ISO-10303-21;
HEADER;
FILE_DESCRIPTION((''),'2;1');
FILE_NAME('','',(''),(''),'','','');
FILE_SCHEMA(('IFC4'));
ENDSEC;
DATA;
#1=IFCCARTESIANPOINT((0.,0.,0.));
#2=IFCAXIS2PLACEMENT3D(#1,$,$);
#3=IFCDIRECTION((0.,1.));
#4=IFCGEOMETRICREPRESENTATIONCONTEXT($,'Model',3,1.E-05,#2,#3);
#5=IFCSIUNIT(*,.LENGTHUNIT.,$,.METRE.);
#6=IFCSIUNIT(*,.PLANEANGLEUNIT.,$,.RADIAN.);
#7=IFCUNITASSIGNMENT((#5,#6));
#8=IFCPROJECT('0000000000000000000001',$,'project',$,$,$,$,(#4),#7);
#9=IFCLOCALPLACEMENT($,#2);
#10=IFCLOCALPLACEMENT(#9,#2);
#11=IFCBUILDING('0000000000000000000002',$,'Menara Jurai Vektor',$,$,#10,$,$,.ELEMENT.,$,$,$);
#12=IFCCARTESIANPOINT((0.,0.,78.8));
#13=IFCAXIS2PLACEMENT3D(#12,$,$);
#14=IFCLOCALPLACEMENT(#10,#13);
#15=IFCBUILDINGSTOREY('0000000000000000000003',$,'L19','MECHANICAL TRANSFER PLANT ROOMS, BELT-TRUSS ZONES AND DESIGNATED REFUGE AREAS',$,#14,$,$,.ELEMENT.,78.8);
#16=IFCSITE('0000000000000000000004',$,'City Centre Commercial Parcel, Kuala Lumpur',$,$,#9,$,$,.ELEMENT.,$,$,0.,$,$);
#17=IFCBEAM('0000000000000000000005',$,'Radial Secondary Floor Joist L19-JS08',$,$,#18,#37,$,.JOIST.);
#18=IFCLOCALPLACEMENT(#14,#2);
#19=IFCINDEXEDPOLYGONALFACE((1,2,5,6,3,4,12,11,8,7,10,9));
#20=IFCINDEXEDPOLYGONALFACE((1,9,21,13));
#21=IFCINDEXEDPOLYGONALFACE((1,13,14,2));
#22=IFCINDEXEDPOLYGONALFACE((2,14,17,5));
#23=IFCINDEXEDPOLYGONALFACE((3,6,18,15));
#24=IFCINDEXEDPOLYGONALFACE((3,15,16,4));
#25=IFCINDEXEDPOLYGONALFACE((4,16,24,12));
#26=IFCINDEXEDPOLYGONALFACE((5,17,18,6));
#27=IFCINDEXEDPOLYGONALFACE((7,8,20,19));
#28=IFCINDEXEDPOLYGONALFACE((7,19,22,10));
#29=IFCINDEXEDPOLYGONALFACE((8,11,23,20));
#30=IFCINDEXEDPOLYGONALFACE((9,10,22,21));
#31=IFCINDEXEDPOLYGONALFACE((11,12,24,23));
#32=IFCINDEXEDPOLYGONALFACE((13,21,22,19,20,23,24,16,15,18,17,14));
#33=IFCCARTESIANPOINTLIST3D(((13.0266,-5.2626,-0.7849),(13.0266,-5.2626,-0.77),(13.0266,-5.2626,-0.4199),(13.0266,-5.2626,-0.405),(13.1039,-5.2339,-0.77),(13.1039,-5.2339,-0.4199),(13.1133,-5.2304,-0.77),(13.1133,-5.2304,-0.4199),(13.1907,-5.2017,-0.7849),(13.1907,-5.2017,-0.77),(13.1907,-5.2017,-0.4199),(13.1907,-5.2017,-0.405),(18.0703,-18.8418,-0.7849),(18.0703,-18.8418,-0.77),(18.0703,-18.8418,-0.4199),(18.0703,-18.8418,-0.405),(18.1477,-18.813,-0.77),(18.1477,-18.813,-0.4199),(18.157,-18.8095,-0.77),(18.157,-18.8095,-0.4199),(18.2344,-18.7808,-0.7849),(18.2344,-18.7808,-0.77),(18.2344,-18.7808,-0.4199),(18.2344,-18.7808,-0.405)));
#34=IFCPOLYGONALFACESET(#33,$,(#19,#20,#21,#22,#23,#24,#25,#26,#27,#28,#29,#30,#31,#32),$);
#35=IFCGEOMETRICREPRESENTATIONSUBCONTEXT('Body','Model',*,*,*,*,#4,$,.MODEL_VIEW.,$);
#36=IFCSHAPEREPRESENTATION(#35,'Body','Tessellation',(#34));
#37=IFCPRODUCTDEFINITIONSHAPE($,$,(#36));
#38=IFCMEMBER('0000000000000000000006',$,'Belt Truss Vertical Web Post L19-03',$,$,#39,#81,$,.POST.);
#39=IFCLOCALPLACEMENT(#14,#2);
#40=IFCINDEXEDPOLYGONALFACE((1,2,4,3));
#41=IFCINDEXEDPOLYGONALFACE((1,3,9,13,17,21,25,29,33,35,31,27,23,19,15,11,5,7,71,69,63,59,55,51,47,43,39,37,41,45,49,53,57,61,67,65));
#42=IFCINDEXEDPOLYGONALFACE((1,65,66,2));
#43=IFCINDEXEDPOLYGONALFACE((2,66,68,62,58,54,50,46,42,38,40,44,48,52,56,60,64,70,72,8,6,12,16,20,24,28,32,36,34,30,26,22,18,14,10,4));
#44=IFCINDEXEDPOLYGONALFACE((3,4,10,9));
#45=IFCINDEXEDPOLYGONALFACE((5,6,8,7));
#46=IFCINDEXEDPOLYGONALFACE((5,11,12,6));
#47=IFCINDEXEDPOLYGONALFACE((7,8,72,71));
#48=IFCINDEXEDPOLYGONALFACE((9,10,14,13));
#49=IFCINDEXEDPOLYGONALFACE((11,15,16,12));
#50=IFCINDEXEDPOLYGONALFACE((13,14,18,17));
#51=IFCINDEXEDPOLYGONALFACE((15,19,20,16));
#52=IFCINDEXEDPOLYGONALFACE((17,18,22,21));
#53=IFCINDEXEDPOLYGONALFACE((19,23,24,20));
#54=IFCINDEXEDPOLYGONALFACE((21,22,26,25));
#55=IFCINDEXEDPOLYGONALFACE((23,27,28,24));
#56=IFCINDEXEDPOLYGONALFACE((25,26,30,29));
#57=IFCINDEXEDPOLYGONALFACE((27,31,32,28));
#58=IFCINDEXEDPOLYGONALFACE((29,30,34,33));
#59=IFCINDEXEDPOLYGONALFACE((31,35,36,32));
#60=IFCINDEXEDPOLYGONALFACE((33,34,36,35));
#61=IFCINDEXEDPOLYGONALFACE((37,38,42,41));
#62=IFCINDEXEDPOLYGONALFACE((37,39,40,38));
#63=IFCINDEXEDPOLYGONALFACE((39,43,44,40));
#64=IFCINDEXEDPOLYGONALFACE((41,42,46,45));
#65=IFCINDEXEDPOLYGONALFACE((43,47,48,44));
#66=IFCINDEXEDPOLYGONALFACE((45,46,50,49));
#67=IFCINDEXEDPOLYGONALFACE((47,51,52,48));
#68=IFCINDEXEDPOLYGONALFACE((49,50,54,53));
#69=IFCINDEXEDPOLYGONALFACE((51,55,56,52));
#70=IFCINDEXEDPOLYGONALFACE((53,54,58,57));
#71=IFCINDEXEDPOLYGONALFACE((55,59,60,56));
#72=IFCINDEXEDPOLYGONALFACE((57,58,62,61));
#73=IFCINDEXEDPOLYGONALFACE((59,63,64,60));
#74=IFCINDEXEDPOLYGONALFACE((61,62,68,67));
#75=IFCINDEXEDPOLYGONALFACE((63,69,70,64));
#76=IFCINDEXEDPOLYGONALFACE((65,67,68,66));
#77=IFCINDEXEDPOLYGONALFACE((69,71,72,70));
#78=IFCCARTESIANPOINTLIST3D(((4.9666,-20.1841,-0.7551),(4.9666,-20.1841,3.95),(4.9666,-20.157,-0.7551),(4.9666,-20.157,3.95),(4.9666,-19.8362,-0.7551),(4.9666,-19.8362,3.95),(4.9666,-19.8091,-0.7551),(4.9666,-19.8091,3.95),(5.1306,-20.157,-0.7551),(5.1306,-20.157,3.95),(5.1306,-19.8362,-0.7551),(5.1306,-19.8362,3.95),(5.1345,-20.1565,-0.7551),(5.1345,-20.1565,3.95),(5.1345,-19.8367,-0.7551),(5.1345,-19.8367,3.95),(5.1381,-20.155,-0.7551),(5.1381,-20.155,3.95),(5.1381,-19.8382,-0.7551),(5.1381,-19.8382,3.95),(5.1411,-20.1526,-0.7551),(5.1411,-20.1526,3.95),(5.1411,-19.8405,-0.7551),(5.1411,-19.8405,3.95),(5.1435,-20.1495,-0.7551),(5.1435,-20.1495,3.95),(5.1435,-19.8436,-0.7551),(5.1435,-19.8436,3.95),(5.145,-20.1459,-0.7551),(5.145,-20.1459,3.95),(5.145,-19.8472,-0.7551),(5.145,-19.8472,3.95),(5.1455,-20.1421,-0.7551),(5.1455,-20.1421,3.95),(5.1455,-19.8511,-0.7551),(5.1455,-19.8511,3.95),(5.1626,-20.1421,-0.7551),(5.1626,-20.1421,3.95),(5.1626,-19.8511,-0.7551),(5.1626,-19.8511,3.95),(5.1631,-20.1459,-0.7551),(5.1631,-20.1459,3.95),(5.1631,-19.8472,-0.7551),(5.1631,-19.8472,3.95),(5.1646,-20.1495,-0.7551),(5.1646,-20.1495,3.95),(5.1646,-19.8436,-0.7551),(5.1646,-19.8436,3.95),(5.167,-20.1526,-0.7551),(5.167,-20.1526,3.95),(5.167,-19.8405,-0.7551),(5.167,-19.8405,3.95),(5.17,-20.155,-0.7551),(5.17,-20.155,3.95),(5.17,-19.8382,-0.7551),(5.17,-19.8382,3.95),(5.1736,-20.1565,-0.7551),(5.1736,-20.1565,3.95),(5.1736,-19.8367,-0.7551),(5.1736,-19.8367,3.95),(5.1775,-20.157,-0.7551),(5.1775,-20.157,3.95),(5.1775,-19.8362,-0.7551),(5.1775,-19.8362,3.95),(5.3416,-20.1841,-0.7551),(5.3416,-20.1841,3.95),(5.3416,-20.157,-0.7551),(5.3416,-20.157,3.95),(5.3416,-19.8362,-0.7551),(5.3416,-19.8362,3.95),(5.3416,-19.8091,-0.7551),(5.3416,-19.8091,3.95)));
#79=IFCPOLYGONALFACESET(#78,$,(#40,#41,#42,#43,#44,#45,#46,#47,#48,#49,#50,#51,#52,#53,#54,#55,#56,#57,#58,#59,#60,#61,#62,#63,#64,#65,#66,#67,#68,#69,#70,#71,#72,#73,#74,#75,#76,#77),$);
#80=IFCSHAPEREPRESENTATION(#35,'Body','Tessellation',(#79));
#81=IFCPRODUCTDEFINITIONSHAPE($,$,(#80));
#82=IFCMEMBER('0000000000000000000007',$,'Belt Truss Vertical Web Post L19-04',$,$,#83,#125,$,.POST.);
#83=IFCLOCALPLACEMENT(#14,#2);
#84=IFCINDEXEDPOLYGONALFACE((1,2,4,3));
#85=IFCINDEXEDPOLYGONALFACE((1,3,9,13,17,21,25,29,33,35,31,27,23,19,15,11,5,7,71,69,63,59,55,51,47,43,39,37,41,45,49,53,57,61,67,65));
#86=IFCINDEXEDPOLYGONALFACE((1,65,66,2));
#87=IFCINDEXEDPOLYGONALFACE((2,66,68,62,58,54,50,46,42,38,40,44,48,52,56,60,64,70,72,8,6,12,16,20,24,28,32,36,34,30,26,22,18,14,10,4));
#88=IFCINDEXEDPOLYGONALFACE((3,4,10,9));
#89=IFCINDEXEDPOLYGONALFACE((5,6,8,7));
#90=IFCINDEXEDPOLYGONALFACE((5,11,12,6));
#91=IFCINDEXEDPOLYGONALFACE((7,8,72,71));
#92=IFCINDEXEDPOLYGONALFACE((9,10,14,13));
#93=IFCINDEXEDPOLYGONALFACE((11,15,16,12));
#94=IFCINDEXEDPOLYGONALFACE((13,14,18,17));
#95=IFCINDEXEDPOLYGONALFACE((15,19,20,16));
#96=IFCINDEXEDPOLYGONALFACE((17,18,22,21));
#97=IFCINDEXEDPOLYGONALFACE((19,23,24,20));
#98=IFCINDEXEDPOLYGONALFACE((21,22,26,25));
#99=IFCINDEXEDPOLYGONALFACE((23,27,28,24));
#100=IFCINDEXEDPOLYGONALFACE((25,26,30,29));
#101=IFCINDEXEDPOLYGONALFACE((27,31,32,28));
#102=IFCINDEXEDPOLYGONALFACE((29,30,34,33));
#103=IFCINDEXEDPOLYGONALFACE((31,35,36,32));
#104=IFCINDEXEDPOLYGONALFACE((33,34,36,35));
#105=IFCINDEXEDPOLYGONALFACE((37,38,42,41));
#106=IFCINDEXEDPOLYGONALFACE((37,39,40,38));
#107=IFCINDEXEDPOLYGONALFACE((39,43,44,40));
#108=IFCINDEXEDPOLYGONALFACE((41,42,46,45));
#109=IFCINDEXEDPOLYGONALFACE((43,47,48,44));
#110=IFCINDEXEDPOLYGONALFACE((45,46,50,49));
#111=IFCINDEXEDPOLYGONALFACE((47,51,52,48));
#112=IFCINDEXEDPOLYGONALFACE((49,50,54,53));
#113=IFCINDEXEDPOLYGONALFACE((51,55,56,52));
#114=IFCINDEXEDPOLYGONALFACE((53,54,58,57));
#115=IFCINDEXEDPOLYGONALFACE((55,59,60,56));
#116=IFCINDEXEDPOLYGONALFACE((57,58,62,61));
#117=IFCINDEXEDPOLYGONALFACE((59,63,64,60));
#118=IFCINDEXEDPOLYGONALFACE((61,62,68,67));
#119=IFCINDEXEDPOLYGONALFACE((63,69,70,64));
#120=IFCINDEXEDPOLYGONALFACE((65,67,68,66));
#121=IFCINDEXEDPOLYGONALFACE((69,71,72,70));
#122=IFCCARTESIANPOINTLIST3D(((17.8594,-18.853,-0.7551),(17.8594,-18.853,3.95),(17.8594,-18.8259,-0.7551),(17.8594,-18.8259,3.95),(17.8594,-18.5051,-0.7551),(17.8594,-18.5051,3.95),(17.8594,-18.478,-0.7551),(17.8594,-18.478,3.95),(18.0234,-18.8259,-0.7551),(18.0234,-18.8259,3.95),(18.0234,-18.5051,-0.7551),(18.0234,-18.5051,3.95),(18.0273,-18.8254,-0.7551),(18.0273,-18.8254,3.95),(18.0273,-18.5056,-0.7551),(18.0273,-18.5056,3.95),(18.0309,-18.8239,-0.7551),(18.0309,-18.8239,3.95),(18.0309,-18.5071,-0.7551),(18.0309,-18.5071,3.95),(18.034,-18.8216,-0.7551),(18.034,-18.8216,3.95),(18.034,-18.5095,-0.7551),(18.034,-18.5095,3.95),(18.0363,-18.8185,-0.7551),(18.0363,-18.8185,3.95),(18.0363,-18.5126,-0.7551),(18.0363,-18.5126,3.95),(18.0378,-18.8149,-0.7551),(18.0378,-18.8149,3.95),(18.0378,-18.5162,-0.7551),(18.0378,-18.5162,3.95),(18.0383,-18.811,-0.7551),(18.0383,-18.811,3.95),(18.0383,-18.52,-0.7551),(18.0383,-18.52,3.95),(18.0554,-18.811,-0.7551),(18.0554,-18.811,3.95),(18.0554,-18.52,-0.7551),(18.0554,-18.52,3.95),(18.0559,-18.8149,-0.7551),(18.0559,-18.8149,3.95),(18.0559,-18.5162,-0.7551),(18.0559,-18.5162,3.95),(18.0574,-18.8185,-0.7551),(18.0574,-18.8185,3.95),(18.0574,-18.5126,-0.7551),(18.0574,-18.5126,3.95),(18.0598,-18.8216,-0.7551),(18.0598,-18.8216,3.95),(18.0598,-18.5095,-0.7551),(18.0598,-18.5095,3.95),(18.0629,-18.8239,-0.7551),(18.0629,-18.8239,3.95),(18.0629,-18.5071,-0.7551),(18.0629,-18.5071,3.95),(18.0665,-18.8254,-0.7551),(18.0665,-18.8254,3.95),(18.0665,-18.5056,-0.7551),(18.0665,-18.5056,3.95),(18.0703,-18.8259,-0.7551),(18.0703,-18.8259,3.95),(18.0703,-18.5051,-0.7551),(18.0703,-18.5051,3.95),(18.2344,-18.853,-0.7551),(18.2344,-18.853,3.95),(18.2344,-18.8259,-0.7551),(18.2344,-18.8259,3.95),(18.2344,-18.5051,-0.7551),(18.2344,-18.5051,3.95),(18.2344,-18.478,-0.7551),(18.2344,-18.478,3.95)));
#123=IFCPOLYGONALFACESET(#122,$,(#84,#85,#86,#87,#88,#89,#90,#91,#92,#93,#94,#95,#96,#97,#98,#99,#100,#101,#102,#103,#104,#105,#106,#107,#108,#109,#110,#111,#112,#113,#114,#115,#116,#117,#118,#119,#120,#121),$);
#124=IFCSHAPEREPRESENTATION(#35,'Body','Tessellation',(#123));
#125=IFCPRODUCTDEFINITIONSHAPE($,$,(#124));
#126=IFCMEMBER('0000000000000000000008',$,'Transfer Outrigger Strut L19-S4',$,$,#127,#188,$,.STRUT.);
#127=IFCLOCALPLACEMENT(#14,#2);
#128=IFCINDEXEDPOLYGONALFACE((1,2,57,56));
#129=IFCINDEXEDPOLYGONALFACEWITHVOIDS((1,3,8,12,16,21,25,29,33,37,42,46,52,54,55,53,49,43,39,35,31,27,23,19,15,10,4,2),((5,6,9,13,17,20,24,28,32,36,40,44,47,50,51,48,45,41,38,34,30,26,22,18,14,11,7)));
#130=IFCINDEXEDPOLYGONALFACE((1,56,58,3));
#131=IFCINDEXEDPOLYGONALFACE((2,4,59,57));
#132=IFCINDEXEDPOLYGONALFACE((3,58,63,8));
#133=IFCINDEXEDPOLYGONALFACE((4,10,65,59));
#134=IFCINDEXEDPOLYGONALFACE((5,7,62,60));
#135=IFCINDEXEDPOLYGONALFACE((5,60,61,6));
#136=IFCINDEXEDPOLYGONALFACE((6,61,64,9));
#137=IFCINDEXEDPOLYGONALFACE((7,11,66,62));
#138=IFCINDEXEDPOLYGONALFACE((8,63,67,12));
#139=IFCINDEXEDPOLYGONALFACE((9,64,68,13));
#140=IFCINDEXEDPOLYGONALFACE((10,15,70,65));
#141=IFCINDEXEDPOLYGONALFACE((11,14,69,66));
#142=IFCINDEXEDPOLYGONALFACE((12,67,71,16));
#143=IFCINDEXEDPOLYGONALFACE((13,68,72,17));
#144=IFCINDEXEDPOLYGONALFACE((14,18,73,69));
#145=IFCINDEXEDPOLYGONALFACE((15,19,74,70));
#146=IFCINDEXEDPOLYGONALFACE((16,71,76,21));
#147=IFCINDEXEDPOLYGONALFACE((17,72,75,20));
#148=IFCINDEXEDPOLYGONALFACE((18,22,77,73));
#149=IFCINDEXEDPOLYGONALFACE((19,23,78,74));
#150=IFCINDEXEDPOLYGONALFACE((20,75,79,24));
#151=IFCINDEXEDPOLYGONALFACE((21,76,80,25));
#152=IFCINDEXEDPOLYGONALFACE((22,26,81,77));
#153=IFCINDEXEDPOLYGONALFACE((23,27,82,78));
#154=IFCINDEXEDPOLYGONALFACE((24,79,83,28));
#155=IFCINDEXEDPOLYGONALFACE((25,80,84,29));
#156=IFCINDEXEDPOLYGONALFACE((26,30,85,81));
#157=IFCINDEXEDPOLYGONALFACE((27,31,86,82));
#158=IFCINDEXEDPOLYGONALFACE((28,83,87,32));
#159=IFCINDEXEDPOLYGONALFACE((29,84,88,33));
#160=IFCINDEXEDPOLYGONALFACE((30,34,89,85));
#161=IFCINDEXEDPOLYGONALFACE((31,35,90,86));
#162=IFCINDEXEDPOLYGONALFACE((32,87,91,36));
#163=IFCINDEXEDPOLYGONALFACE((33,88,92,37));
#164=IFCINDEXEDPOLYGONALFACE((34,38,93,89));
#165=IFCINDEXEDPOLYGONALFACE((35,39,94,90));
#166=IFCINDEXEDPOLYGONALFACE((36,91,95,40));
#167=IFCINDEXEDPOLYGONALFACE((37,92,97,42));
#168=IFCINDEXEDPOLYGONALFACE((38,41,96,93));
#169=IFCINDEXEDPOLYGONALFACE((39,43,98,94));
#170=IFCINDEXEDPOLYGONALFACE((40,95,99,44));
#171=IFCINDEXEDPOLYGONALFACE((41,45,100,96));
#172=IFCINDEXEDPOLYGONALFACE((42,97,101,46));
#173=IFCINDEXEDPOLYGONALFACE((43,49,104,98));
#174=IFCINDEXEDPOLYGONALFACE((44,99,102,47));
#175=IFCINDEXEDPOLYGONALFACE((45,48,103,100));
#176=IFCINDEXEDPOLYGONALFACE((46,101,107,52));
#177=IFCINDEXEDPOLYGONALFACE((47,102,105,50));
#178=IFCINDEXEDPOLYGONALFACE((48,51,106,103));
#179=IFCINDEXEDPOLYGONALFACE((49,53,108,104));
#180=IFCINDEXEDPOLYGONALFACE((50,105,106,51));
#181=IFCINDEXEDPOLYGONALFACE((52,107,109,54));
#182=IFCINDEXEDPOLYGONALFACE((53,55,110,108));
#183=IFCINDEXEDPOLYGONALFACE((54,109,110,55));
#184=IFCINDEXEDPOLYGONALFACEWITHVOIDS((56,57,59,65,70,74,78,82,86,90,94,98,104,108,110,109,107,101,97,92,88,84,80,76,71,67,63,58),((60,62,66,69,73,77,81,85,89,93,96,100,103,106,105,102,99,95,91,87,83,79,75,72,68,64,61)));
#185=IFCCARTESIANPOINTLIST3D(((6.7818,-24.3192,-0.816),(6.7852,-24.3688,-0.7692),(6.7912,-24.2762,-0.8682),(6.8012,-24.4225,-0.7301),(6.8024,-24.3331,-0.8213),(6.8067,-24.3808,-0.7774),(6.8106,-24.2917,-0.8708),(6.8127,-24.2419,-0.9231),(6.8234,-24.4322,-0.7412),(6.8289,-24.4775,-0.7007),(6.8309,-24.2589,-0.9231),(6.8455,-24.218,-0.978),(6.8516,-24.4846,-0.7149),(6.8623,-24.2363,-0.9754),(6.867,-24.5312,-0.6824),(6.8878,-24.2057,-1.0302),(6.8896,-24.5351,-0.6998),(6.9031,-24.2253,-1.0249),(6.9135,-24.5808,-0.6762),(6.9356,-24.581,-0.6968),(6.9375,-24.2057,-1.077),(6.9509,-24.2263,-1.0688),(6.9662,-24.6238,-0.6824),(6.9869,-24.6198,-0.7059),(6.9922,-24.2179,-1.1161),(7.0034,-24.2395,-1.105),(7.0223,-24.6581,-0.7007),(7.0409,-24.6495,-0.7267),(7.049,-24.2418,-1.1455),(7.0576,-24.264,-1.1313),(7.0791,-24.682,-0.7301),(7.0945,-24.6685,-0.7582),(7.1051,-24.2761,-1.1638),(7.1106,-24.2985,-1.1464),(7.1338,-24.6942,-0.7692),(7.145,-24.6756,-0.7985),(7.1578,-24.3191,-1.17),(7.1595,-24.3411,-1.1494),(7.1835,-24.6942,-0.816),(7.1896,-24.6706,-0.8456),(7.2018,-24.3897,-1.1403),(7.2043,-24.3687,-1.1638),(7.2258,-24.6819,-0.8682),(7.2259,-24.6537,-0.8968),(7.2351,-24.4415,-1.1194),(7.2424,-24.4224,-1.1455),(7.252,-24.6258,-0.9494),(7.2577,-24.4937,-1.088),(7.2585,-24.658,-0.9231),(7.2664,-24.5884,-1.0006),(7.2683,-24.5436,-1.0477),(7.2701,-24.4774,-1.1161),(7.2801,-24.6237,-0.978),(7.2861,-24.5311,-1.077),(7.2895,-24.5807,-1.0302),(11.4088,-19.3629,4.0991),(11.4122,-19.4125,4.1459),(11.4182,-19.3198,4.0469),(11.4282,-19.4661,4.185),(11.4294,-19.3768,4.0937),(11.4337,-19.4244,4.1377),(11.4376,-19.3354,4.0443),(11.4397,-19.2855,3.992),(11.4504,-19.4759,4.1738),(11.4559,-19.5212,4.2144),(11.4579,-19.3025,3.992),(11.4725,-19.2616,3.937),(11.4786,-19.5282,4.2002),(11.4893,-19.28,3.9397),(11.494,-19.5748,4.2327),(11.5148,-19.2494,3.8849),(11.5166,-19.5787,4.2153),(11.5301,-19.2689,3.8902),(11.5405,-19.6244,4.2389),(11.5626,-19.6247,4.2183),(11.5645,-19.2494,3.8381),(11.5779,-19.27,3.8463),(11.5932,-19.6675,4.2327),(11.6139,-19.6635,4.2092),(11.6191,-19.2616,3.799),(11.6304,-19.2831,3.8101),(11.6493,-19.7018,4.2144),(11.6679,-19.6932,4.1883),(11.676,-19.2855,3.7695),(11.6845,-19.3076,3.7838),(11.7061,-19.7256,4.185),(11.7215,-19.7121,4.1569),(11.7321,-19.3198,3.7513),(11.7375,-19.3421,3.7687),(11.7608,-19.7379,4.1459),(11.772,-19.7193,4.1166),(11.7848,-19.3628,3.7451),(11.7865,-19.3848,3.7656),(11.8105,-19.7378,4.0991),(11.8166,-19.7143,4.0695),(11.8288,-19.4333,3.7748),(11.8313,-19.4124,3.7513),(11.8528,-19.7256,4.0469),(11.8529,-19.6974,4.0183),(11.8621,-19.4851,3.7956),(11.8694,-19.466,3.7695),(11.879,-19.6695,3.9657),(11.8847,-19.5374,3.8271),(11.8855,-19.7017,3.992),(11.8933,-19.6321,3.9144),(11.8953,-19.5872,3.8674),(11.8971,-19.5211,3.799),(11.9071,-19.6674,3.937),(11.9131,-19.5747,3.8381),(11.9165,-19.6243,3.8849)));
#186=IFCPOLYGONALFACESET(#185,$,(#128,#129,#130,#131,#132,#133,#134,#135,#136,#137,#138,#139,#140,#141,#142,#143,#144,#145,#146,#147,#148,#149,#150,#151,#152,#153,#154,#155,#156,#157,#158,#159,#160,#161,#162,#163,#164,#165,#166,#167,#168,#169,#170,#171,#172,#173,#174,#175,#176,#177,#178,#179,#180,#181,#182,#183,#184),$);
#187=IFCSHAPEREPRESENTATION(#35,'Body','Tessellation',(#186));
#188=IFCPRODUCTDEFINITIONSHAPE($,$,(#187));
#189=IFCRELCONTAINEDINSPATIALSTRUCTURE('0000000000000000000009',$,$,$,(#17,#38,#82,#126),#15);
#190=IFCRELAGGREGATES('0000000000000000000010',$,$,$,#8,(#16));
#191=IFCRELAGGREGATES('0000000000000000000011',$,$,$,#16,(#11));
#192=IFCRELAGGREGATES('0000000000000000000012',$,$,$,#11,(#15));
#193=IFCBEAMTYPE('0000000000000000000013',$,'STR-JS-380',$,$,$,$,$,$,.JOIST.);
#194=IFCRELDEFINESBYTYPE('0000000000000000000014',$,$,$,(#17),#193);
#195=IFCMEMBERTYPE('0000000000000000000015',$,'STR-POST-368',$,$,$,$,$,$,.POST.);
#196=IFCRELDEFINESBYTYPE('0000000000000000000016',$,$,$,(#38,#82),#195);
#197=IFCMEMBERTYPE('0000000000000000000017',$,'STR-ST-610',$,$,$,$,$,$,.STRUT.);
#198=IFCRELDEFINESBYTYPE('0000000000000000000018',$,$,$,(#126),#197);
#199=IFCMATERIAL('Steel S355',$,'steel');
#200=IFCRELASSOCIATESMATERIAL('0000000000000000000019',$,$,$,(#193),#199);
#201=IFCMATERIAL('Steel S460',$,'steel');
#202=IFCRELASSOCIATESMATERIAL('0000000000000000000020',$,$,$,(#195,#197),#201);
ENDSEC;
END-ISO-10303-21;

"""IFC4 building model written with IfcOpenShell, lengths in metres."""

from ifc_helpers import new_model, si_unit, direction, frame, origin, origin_2d, place, context, subcontext, project, spatial, hollow_circle, i_section, extrude, material, material_profile, profile_set, type_object, element, save


model = new_model("IFC4")

# Units and contexts
model_context = context("Model", 3, precision=1e-05, world=origin(), true_north=direction((0.0, 1.0)))
body_context = subcontext(model_context, "Body", "Model", "MODEL_VIEW")
ifc_project = project(units=[si_unit("LENGTHUNIT", "METRE"), si_unit("PLANEANGLEUNIT", "RADIAN")], contexts=[model_context])

# Site, building, storey
site_placement = place(None, origin())
site = spatial("IfcSite", under=ifc_project, at=site_placement, Name="City Centre Commercial Parcel, Kuala Lumpur", CompositionType="ELEMENT", RefElevation=0.0)
building_placement = place(site_placement, origin())
building = spatial("IfcBuilding", under=site, at=building_placement, Name="Menara Jurai Vektor", CompositionType="ELEMENT")
storey_placement = place(building_placement, frame((0.0, 0.0, 78.8)))
storey = spatial("IfcBuildingStorey", under=building, at=storey_placement, Name="L19", Description="MECHANICAL TRANSFER PLANT ROOMS, BELT-TRUSS ZONES AND DESIGNATED REFUGE AREAS", CompositionType="ELEMENT", Elevation=78.8)

# Shared definitions
ifc_material_1 = material(Name="Steel S460", Category="steel")

# Beam
ifc_material_2 = material(Name="Steel S355", Category="steel")
ifc_material_profile_1 = material_profile(ifc_material_2, i_section(OverallWidth=0.175, OverallDepth=0.3799, WebThickness=0.01, FlangeThickness=0.0149, at=origin_2d()), Name="PG 380x175x58")
ifc_profile_set_1 = profile_set([ifc_material_profile_1], Name="Steel S355")
beam_type_1 = type_object("IfcBeamType", Name="STR-JS-380", PredefinedType="JOIST", material=ifc_profile_set_1)
beam_1_placement = place(storey_placement, frame((18.1523, -18.8113, -0.595), z_axis=(-0.348189, 0.937424, 0.0), x_axis=(-0.937424, -0.348189, 0.0)))
element("IfcBeam", 1, at=beam_1_placement, inside=storey, type_object=beam_type_1, Name="Radial Secondary Floor Joist L19-JS08", PredefinedType="JOIST", context=body_context, shape_type="SweptSolid", body=[
    extrude(i_section(OverallWidth=0.175, OverallDepth=0.3799, WebThickness=0.01, FlangeThickness=0.0149, at=origin_2d()), origin(), (0.0, 0.0, 1.0), 14.4856),
])

# Members
ifc_material_profile_2 = material_profile(ifc_material_1, i_section(OverallWidth=0.375, OverallDepth=0.375, WebThickness=0.0171, FlangeThickness=0.0271, FilletRadius=0.0149, at=origin_2d()), Name="UKC 356x368x202")
ifc_profile_set_2 = profile_set([ifc_material_profile_2], Name="Steel S460")
member_type_1 = type_object("IfcMemberType", Name="STR-POST-368", PredefinedType="POST", material=ifc_profile_set_2)
for number, where, z_axis, x_axis, name in (
    (2, (5.1541, -19.9966, -0.7551), (0.0, 0.0, 1.0), (1.0, 0.0, 0.0), "Belt Truss Vertical Web Post L19-03"),
    (3, (18.0469, -18.6655, -0.7551), (0.0, 0.0, 1.0), (1.0, 0.0, 0.0), "Belt Truss Vertical Web Post L19-04"),
):
    element("IfcMember", number, at=place(storey_placement, frame(where, z_axis=z_axis, x_axis=x_axis)), inside=storey, type_object=member_type_1, Name=name, PredefinedType="POST", context=body_context, shape_type="SweptSolid", body=[
        extrude(i_section(OverallWidth=0.375, OverallDepth=0.375, WebThickness=0.0171, FlangeThickness=0.0271, FilletRadius=0.0149, at=origin_2d()), origin(), (0.0, 0.0, 1.0), 4.7051),
    ])
ifc_material_profile_3 = material_profile(ifc_material_1, hollow_circle(Radius=0.3049, WallThickness=0.0249, at=origin_2d()), Name="CHS 610x25")
ifc_profile_set_3 = profile_set([ifc_material_profile_3], Name="Steel S460")
member_type_2 = type_object("IfcMemberType", Name="STR-ST-610", PredefinedType="STRUT", material=ifc_profile_set_3)
member_placement = place(storey_placement, frame((7.0356, -24.45, -0.9231), z_axis=(0.552509, 0.591837, 0.58691), x_axis=(-0.730976, 0.682403, 0.0)))
element("IfcMember", 4, at=member_placement, inside=storey, type_object=member_type_2, Name="Transfer Outrigger Strut L19-S4", PredefinedType="STRUT", context=body_context, shape_type="SweptSolid", body=[
    extrude(hollow_circle(Radius=0.3049, WallThickness=0.0249, at=origin_2d()), origin(), (0.0, 0.0, 1.0), 8.3745),
])

save(model, "model.ifc")
